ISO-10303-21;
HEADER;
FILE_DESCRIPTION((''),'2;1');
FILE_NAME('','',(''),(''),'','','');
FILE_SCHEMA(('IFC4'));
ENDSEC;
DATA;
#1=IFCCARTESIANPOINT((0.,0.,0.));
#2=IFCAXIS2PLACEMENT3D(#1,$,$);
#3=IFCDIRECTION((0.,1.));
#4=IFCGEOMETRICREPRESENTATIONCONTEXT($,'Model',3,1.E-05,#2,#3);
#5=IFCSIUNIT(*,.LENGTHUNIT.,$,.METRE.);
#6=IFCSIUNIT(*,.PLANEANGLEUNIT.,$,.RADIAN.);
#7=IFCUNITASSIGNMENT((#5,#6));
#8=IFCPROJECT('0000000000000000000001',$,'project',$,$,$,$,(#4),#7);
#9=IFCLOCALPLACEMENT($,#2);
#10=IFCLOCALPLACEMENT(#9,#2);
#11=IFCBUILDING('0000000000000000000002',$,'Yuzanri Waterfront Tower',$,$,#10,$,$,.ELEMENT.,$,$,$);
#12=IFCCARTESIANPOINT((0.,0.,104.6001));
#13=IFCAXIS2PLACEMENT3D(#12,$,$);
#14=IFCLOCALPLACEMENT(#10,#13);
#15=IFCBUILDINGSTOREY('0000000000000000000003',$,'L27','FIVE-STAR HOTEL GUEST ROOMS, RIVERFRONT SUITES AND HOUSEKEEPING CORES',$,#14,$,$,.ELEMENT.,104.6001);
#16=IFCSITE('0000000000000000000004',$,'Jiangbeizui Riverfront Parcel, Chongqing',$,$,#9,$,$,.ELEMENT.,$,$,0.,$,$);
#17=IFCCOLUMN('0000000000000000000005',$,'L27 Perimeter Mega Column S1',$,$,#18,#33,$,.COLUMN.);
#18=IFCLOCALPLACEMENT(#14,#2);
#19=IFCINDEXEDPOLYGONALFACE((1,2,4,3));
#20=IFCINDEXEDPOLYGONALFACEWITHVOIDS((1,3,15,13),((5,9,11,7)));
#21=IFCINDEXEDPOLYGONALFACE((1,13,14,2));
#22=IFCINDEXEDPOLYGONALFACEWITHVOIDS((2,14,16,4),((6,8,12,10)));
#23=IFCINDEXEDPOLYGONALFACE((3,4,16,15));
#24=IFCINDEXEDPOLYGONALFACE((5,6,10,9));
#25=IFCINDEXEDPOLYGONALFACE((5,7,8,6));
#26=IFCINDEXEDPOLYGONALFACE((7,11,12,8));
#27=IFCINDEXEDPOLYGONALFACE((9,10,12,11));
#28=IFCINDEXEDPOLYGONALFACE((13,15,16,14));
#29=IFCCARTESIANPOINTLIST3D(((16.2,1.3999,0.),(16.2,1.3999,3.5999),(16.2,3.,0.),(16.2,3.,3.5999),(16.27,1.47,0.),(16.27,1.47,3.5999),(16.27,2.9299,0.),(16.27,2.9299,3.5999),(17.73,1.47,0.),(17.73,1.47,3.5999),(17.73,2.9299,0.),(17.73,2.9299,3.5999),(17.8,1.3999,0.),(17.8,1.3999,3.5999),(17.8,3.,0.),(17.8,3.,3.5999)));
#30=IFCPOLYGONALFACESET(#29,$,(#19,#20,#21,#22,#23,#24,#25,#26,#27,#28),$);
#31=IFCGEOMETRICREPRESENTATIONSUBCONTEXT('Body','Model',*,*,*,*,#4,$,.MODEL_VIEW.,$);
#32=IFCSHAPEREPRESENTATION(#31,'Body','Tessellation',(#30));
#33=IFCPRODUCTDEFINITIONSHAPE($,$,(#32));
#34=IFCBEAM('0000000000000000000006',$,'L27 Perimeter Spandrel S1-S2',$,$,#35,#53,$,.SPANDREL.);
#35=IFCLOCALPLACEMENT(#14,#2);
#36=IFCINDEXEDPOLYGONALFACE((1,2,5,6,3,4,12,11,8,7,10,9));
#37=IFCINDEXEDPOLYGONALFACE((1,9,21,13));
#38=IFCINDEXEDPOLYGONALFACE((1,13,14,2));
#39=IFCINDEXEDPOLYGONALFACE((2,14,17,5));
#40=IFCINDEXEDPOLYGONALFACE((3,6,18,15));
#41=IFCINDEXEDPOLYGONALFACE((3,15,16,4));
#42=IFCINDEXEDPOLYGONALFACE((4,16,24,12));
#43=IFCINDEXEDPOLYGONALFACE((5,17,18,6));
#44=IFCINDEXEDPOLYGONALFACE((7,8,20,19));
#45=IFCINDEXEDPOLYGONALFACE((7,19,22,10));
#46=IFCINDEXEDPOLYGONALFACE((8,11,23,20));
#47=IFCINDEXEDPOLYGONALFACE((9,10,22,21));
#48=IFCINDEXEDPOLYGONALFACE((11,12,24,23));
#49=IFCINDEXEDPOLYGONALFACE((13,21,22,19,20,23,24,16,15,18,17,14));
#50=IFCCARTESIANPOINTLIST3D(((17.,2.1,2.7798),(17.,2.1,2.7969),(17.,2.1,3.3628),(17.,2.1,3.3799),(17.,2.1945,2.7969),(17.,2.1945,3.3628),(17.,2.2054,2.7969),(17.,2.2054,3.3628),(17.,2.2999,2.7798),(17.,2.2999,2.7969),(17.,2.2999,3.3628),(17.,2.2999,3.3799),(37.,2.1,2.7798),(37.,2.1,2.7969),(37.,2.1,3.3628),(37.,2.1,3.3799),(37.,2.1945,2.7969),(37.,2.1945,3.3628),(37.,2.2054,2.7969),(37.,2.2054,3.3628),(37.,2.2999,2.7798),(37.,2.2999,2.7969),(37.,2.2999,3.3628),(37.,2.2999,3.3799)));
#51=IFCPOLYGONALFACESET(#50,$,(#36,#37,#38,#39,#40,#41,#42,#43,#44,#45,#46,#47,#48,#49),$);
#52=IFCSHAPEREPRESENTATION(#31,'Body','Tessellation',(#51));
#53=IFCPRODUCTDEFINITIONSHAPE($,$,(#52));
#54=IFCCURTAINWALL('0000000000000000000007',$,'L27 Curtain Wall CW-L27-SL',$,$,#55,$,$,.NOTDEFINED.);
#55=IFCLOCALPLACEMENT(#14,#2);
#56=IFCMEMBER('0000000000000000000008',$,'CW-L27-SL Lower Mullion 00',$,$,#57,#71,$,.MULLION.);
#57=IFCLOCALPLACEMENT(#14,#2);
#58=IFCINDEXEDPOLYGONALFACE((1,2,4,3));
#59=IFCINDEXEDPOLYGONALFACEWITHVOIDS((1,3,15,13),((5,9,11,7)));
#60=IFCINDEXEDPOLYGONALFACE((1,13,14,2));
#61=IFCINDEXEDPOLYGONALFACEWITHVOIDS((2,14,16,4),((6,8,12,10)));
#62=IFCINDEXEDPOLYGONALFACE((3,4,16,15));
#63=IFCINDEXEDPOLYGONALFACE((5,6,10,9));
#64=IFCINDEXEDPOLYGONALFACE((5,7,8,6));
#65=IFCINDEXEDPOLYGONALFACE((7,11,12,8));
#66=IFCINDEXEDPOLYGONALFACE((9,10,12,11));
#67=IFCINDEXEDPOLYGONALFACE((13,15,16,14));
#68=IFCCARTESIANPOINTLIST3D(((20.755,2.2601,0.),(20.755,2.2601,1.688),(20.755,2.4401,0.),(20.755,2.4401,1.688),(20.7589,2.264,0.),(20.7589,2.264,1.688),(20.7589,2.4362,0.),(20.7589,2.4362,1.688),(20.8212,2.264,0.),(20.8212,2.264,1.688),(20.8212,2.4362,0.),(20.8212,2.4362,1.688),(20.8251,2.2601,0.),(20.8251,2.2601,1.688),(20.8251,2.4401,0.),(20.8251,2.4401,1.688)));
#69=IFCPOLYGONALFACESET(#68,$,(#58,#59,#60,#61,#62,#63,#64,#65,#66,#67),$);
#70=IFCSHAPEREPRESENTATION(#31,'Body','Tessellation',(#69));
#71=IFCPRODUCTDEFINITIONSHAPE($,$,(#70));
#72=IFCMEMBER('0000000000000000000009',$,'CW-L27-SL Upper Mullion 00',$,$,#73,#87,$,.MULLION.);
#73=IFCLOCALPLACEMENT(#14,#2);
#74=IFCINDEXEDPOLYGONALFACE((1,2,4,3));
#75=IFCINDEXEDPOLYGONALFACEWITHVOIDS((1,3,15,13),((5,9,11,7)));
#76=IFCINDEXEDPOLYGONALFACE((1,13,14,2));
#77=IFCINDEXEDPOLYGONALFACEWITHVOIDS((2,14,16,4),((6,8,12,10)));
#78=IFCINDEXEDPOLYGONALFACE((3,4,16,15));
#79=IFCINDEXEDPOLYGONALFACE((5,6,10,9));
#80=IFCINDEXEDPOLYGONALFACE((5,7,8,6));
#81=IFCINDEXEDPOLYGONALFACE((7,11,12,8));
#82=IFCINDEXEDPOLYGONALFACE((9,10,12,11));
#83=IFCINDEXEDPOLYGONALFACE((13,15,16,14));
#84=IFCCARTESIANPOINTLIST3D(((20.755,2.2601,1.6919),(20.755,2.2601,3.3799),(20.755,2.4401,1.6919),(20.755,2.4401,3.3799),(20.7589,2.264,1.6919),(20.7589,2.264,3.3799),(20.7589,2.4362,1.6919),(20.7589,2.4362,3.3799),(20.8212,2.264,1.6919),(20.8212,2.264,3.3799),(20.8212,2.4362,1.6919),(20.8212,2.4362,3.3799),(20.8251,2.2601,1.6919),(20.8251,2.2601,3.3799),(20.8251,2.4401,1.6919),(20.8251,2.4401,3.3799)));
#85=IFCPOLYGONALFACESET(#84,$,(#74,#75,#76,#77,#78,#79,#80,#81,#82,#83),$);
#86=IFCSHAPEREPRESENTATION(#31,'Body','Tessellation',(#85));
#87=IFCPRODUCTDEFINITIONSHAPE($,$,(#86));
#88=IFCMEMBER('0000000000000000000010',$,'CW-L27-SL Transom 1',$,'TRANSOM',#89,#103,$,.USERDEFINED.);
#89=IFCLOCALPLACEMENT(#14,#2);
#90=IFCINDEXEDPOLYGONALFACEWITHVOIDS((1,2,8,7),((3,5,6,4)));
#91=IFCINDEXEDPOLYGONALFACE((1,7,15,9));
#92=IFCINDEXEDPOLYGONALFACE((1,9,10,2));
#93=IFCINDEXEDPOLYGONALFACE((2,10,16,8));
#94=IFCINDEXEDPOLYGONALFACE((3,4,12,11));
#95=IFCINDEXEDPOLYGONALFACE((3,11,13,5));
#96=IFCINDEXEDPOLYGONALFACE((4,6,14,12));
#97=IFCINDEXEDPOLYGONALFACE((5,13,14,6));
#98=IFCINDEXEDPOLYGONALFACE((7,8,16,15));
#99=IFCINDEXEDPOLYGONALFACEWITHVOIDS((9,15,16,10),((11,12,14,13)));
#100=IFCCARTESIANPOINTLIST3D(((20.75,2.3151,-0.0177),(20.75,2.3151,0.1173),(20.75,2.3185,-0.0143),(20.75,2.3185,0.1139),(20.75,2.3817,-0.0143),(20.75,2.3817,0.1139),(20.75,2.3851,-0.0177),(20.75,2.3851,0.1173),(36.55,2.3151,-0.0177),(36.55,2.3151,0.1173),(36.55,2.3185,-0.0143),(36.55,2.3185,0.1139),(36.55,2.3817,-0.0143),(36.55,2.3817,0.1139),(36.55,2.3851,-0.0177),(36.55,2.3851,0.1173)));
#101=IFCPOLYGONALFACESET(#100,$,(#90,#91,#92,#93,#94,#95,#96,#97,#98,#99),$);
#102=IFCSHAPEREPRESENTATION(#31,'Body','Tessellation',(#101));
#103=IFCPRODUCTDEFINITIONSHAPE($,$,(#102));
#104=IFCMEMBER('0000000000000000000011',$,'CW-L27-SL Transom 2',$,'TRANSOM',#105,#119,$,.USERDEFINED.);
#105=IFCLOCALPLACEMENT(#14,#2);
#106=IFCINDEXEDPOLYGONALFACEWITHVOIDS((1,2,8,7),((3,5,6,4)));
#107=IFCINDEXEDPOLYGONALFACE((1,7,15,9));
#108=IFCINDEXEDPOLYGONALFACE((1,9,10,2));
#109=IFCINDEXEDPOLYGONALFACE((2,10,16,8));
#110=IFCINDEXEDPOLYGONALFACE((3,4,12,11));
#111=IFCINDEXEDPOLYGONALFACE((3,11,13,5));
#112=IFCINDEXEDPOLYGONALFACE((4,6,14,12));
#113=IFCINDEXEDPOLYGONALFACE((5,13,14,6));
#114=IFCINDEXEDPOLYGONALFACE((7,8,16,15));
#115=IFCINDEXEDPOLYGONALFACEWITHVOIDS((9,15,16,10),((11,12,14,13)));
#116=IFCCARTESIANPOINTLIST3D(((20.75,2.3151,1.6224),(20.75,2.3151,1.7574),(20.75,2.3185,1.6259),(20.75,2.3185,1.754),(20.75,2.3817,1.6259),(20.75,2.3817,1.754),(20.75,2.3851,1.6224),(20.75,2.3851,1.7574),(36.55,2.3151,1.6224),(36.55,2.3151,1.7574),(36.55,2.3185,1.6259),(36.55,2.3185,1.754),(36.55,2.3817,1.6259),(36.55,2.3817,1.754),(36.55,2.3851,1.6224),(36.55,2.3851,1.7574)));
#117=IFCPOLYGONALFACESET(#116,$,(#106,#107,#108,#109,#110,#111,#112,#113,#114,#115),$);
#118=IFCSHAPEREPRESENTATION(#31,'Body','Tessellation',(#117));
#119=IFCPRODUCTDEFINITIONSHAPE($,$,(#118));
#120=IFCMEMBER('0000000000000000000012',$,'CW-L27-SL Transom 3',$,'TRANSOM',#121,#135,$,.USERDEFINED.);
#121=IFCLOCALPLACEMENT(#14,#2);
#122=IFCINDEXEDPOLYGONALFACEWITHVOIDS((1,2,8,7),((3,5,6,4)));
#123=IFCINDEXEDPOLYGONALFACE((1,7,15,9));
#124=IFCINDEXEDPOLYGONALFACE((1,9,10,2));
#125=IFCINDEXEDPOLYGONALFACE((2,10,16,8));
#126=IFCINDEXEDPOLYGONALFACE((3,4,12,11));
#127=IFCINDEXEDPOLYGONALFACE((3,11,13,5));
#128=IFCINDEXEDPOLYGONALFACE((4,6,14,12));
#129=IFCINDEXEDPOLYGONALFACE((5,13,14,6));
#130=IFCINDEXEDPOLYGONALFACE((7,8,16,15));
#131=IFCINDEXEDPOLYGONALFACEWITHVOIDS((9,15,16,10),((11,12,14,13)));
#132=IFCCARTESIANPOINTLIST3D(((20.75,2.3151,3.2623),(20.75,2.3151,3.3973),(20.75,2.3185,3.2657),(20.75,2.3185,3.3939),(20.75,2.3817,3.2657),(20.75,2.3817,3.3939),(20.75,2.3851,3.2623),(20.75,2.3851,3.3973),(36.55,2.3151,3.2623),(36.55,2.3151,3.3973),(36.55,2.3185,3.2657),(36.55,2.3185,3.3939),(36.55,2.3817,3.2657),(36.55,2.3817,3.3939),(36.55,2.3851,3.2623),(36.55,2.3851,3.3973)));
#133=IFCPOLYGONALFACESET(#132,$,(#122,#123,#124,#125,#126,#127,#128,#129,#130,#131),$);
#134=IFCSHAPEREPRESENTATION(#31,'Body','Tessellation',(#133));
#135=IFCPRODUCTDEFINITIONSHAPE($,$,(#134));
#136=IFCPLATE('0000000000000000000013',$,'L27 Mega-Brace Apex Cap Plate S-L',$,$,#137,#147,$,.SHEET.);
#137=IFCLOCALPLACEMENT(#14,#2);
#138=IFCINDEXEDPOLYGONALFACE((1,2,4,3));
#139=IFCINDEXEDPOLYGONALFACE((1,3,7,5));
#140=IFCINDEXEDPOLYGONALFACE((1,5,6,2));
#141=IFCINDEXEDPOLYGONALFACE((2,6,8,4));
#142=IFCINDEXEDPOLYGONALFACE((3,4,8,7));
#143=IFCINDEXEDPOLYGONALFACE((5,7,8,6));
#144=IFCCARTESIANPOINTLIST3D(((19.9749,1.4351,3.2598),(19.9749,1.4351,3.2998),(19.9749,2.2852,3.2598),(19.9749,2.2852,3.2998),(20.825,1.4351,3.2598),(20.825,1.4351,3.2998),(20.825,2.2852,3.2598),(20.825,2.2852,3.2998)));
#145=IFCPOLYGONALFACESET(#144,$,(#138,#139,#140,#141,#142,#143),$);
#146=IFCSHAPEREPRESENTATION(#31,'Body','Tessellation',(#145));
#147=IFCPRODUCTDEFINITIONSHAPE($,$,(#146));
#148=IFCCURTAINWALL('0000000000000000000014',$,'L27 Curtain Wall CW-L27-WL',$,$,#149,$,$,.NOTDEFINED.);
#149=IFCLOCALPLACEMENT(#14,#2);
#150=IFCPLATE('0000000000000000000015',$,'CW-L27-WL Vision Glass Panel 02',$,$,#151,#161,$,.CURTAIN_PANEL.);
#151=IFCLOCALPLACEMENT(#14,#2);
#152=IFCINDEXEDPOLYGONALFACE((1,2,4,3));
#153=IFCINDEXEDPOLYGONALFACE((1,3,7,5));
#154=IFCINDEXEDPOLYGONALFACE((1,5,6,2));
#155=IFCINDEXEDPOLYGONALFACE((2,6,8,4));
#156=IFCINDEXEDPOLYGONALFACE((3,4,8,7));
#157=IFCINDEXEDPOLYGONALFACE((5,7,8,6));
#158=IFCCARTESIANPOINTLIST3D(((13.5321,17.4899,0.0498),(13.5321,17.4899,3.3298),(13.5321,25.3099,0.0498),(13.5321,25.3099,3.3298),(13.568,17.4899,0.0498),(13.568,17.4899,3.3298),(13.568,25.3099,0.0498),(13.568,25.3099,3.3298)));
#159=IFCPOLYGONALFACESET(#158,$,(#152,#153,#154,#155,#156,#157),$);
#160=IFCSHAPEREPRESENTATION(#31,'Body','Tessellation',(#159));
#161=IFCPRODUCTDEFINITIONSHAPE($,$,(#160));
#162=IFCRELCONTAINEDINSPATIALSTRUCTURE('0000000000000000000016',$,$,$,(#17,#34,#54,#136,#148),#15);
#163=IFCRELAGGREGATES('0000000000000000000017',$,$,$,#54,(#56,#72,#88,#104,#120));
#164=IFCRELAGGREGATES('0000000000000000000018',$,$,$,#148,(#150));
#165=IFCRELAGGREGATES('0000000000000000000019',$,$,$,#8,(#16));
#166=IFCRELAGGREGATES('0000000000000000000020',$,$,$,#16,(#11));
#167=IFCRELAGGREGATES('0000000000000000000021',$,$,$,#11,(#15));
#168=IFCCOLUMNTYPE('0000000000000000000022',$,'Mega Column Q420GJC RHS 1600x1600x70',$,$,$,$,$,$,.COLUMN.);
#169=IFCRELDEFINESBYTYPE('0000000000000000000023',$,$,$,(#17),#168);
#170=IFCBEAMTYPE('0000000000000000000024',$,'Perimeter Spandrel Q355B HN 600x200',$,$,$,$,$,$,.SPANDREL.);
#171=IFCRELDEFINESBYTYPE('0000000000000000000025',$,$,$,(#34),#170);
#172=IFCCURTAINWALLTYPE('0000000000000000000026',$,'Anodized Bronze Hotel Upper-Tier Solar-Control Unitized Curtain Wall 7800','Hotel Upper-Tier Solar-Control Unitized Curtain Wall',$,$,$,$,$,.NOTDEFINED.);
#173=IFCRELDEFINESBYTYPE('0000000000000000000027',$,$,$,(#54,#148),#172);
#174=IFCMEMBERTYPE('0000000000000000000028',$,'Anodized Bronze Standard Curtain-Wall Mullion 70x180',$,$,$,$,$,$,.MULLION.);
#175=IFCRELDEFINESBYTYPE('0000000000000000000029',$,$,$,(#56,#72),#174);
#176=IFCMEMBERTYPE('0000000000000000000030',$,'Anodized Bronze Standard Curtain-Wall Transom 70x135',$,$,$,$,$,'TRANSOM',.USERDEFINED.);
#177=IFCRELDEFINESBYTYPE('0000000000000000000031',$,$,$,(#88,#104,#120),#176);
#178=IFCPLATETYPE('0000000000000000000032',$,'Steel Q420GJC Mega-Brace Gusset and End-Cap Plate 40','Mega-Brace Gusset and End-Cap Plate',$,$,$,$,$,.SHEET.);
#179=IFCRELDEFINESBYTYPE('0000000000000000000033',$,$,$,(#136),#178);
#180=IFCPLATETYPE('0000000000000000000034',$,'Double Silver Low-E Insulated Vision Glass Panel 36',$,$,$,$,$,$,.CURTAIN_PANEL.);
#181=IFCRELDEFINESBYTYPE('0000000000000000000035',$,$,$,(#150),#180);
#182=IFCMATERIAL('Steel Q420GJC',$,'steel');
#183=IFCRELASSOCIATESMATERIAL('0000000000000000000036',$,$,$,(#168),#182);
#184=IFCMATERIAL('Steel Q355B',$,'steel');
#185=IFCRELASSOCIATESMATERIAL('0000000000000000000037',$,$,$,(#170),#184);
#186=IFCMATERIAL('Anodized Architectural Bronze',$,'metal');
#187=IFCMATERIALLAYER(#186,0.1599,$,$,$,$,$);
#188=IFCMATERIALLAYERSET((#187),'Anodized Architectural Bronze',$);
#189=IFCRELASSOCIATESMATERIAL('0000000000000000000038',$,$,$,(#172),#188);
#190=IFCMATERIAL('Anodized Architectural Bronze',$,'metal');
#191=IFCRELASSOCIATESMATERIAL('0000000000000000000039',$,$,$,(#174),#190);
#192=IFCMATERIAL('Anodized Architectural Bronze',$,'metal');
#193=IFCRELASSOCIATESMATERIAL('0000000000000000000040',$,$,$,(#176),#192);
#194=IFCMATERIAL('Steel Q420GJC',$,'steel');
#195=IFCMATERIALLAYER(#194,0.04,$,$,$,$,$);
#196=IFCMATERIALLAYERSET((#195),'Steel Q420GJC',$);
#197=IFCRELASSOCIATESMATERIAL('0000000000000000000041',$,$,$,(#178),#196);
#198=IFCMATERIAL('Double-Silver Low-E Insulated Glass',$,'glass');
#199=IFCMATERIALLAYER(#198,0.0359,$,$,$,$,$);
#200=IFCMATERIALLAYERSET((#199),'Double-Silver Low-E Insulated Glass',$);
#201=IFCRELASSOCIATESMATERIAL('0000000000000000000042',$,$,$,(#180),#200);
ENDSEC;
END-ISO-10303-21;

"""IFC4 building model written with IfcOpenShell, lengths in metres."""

from ifc_helpers import new_model, si_unit, direction, frame, origin, origin_2d, place, context, subcontext, project, spatial, rectangle, hollow_rectangle, i_section, extrude, source, transform, mapped, material, layer, layer_set, material_profile, profile_set, type_object, element, aggregate, save


model = new_model("IFC4")

# Units and contexts
model_context = context("Model", 3, precision=1e-05, world=origin(), true_north=direction((0.0, 1.0)))
body_context = subcontext(model_context, "Body", "Model", "MODEL_VIEW")
ifc_project = project(units=[si_unit("LENGTHUNIT", "METRE"), si_unit("PLANEANGLEUNIT", "RADIAN")], contexts=[model_context])

# Site, building, storey
site_placement = place(None, origin())
site = spatial("IfcSite", under=ifc_project, at=site_placement, Name="Jiangbeizui Riverfront Parcel, Chongqing", CompositionType="ELEMENT", RefElevation=0.0)
building_placement = place(site_placement, origin())
building = spatial("IfcBuilding", under=site, at=building_placement, Name="Yuzanri Waterfront Tower", CompositionType="ELEMENT")
storey_placement = place(building_placement, frame((0.0, 0.0, 104.6001)))
storey = spatial("IfcBuildingStorey", under=building, at=storey_placement, Name="L27", Description="FIVE-STAR HOTEL GUEST ROOMS, RIVERFRONT SUITES AND HOUSEKEEPING CORES", CompositionType="ELEMENT", Elevation=104.6001)

# Column
ifc_material_1 = material(Name="Steel Q420GJC", Category="steel")
ifc_material_profile_1 = material_profile(ifc_material_1, hollow_rectangle(XDim=1.6001, YDim=1.6001, WallThickness=0.0701, at=origin_2d()), Name="RHS 1600x1600x70")
ifc_profile_set_1 = profile_set([ifc_material_profile_1], Name="Steel Q420GJC")
column_type = type_object("IfcColumnType", Name="Mega Column Q420GJC RHS 1600x1600x70", PredefinedType="COLUMN", material=ifc_profile_set_1)
shared_shape_1 = source(origin(), body_context, "Body", "SweptSolid", [
    extrude(hollow_rectangle(XDim=1.6001, YDim=1.6001, WallThickness=0.0701, at=origin_2d()), origin(), (0.0, 0.0, 1.0), 3.5999),
])
column_placement = place(storey_placement, frame((17.0, 2.2, 0.0), z_axis=(0.0, 0.0, 1.0), x_axis=(1.0, 0.0, 0.0)))
element("IfcColumn", 1, at=column_placement, inside=storey, type_object=column_type, Name="L27 Perimeter Mega Column S1", PredefinedType="COLUMN", context=body_context, shape_type="MappedRepresentation", body=[
    mapped(shared_shape_1, transform((0.0, 0.0, 0.0), scale=1.0)),
])

# Beam
ifc_material_2 = material(Name="Steel Q355B", Category="steel")
ifc_material_profile_2 = material_profile(ifc_material_2, i_section(OverallWidth=0.2, OverallDepth=0.6001, WebThickness=0.011, FlangeThickness=0.0171, at=origin_2d()), Name="HN 600x200x11x17")
ifc_profile_set_2 = profile_set([ifc_material_profile_2], Name="Steel Q355B")
beam_type = type_object("IfcBeamType", Name="Perimeter Spandrel Q355B HN 600x200", PredefinedType="SPANDREL", material=ifc_profile_set_2)
shared_shape_2 = source(origin(), body_context, "Body", "SweptSolid", [
    extrude(i_section(OverallWidth=0.2, OverallDepth=0.6001, WebThickness=0.011, FlangeThickness=0.0171, at=origin_2d()), origin(), (0.0, 0.0, 1.0), 20.0),
])
beam_placement = place(storey_placement, frame((17.0, 2.2, 3.0798), z_axis=(1.0, 0.0, 0.0), x_axis=(0.0, 1.0, 0.0)))
element("IfcBeam", 2, at=beam_placement, inside=storey, type_object=beam_type, Name="L27 Perimeter Spandrel S1-S2", PredefinedType="SPANDREL", context=body_context, shape_type="MappedRepresentation", body=[
    mapped(shared_shape_2, transform((0.0, 0.0, 0.0), scale=1.0)),
])

# Curtain wall, members
ifc_material_3 = material(Name="Anodized Architectural Bronze", Category="metal")
ifc_layer_1 = layer(ifc_material_3, 0.1599)
ifc_layer_set_1 = layer_set([ifc_layer_1], Name="Anodized Architectural Bronze")
curtain_wall_type = type_object("IfcCurtainWallType", Name="Anodized Bronze Hotel Upper-Tier Solar-Control Unitized Curtain Wall 7800", Description="Hotel Upper-Tier Solar-Control Unitized Curtain Wall", PredefinedType="NOTDEFINED", material=ifc_layer_set_1)
curtain_wall_1_placement = place(storey_placement, origin())
curtain_wall_1 = element("IfcCurtainWall", 3, at=curtain_wall_1_placement, inside=storey, type_object=curtain_wall_type, Name="L27 Curtain Wall CW-L27-SL", PredefinedType="NOTDEFINED")
ifc_material_4 = material(Name="Anodized Architectural Bronze", Category="metal")
ifc_material_profile_3 = material_profile(ifc_material_4, hollow_rectangle(XDim=0.0701, YDim=0.1799, WallThickness=0.0039, at=origin_2d()), Name="CWM 70x180")
ifc_profile_set_3 = profile_set([ifc_material_profile_3], Name="Anodized Architectural Bronze")
member_type_1 = type_object("IfcMemberType", Name="Anodized Bronze Standard Curtain-Wall Mullion 70x180", PredefinedType="MULLION", material=ifc_profile_set_3)
shared_shape_3 = source(origin(), body_context, "Body", "SweptSolid", [
    extrude(hollow_rectangle(XDim=0.0701, YDim=0.1799, WallThickness=0.0039, at=origin_2d()), origin(), (0.0, 0.0, 1.0), 1.688),
])
member_1_placement = place(storey_placement, frame((20.79, 2.3501, 0.0), z_axis=(0.0, 0.0, 1.0), x_axis=(1.0, 0.0, 0.0)))
member_1 = element("IfcMember", 4, at=member_1_placement, type_object=member_type_1, Name="CW-L27-SL Lower Mullion 00", PredefinedType="MULLION", context=body_context, shape_type="MappedRepresentation", body=[
    mapped(shared_shape_3, transform((0.0, 0.0, 0.0), scale=1.0)),
])
member_2_placement = place(storey_placement, frame((20.79, 2.3501, 1.6919), z_axis=(0.0, 0.0, 1.0), x_axis=(1.0, 0.0, 0.0)))
member_2 = element("IfcMember", 5, at=member_2_placement, type_object=member_type_1, Name="CW-L27-SL Upper Mullion 00", PredefinedType="MULLION", context=body_context, shape_type="MappedRepresentation", body=[
    mapped(shared_shape_3, transform((0.0, 0.0, 0.0), scale=1.0)),
])
ifc_material_5 = material(Name="Anodized Architectural Bronze", Category="metal")
ifc_material_profile_4 = material_profile(ifc_material_5, hollow_rectangle(XDim=0.0701, YDim=0.135, WallThickness=0.0034, at=origin_2d()), Name="CWT 70x135")
ifc_profile_set_4 = profile_set([ifc_material_profile_4], Name="Anodized Architectural Bronze")
member_type_2 = type_object("IfcMemberType", Name="Anodized Bronze Standard Curtain-Wall Transom 70x135", ElementType="TRANSOM", PredefinedType="USERDEFINED", material=ifc_profile_set_4)
shared_shape_4 = source(origin(), body_context, "Body", "SweptSolid", [
    extrude(hollow_rectangle(XDim=0.0701, YDim=0.135, WallThickness=0.0034, at=origin_2d()), origin(), (0.0, 0.0, 1.0), 15.8),
])
member_3_placement = place(storey_placement, frame((20.75, 2.3501, 0.0498), z_axis=(1.0, 0.0, 0.0), x_axis=(0.0, 1.0, 0.0)))
member_3 = element("IfcMember", 6, at=member_3_placement, type_object=member_type_2, Name="CW-L27-SL Transom 1", ObjectType="TRANSOM", PredefinedType="USERDEFINED", context=body_context, shape_type="MappedRepresentation", body=[
    mapped(shared_shape_4, transform((0.0, 0.0, 0.0), scale=1.0)),
])
member_4_placement = place(storey_placement, frame((20.75, 2.3501, 1.6899), z_axis=(1.0, 0.0, 0.0), x_axis=(0.0, 1.0, 0.0)))
member_4 = element("IfcMember", 7, at=member_4_placement, type_object=member_type_2, Name="CW-L27-SL Transom 2", ObjectType="TRANSOM", PredefinedType="USERDEFINED", context=body_context, shape_type="MappedRepresentation", body=[
    mapped(shared_shape_4, transform((0.0, 0.0, 0.0), scale=1.0)),
])
member_5_placement = place(storey_placement, frame((20.75, 2.3501, 3.3298), z_axis=(1.0, 0.0, 0.0), x_axis=(0.0, 1.0, 0.0)))
member_5 = element("IfcMember", 8, at=member_5_placement, type_object=member_type_2, Name="CW-L27-SL Transom 3", ObjectType="TRANSOM", PredefinedType="USERDEFINED", context=body_context, shape_type="MappedRepresentation", body=[
    mapped(shared_shape_4, transform((0.0, 0.0, 0.0), scale=1.0)),
])
aggregate(curtain_wall_1, [member_1, member_2, member_3, member_4, member_5])

# Plate
ifc_material_6 = material(Name="Steel Q420GJC", Category="steel")
ifc_layer_2 = layer(ifc_material_6, 0.04)
ifc_layer_set_2 = layer_set([ifc_layer_2], Name="Steel Q420GJC")
plate_type_1 = type_object("IfcPlateType", Name="Steel Q420GJC Mega-Brace Gusset and End-Cap Plate 40", Description="Mega-Brace Gusset and End-Cap Plate", PredefinedType="SHEET", material=ifc_layer_set_2)
shared_shape_5 = source(origin(), body_context, "Body", "SweptSolid", [
    extrude(rectangle(XDim=0.8501, YDim=0.8501, at=origin_2d()), origin(), (0.0, 0.0, 1.0), 0.04),
])
plate_1_placement = place(storey_placement, frame((20.3999, 1.8601, 3.2598), z_axis=(0.0, 0.0, 1.0), x_axis=(1.0, 0.0, 0.0)))
element("IfcPlate", 9, at=plate_1_placement, inside=storey, type_object=plate_type_1, Name="L27 Mega-Brace Apex Cap Plate S-L", PredefinedType="SHEET", context=body_context, shape_type="MappedRepresentation", body=[
    mapped(shared_shape_5, transform((0.0, 0.0, 0.0), scale=1.0)),
])

# Curtain wall, plate
curtain_wall_2_placement = place(storey_placement, origin())
curtain_wall_2 = element("IfcCurtainWall", 10, at=curtain_wall_2_placement, inside=storey, type_object=curtain_wall_type, Name="L27 Curtain Wall CW-L27-WL", PredefinedType="NOTDEFINED")
ifc_material_7 = material(Name="Double-Silver Low-E Insulated Glass", Category="glass")
ifc_layer_3 = layer(ifc_material_7, 0.0359)
ifc_layer_set_3 = layer_set([ifc_layer_3], Name="Double-Silver Low-E Insulated Glass")
plate_type_2 = type_object("IfcPlateType", Name="Double Silver Low-E Insulated Vision Glass Panel 36", PredefinedType="CURTAIN_PANEL", material=ifc_layer_set_3)
shared_shape_6 = source(origin(), body_context, "Body", "SweptSolid", [
    extrude(rectangle(XDim=7.8201, YDim=0.0359, at=origin_2d()), origin(), (0.0, 0.0, 1.0), 3.28),
])
plate_2_placement = place(storey_placement, frame((13.55, 21.3999, 0.0498), z_axis=(0.0, 0.0, 1.0), x_axis=(0.0, 1.0, 0.0)))
plate_2 = element("IfcPlate", 11, at=plate_2_placement, type_object=plate_type_2, Name="CW-L27-WL Vision Glass Panel 02", PredefinedType="CURTAIN_PANEL", context=body_context, shape_type="MappedRepresentation", body=[
    mapped(shared_shape_6, transform((0.0, 0.0, 0.0), scale=1.0)),
])
aggregate(curtain_wall_2, [plate_2])

save(model, "model.ifc")
